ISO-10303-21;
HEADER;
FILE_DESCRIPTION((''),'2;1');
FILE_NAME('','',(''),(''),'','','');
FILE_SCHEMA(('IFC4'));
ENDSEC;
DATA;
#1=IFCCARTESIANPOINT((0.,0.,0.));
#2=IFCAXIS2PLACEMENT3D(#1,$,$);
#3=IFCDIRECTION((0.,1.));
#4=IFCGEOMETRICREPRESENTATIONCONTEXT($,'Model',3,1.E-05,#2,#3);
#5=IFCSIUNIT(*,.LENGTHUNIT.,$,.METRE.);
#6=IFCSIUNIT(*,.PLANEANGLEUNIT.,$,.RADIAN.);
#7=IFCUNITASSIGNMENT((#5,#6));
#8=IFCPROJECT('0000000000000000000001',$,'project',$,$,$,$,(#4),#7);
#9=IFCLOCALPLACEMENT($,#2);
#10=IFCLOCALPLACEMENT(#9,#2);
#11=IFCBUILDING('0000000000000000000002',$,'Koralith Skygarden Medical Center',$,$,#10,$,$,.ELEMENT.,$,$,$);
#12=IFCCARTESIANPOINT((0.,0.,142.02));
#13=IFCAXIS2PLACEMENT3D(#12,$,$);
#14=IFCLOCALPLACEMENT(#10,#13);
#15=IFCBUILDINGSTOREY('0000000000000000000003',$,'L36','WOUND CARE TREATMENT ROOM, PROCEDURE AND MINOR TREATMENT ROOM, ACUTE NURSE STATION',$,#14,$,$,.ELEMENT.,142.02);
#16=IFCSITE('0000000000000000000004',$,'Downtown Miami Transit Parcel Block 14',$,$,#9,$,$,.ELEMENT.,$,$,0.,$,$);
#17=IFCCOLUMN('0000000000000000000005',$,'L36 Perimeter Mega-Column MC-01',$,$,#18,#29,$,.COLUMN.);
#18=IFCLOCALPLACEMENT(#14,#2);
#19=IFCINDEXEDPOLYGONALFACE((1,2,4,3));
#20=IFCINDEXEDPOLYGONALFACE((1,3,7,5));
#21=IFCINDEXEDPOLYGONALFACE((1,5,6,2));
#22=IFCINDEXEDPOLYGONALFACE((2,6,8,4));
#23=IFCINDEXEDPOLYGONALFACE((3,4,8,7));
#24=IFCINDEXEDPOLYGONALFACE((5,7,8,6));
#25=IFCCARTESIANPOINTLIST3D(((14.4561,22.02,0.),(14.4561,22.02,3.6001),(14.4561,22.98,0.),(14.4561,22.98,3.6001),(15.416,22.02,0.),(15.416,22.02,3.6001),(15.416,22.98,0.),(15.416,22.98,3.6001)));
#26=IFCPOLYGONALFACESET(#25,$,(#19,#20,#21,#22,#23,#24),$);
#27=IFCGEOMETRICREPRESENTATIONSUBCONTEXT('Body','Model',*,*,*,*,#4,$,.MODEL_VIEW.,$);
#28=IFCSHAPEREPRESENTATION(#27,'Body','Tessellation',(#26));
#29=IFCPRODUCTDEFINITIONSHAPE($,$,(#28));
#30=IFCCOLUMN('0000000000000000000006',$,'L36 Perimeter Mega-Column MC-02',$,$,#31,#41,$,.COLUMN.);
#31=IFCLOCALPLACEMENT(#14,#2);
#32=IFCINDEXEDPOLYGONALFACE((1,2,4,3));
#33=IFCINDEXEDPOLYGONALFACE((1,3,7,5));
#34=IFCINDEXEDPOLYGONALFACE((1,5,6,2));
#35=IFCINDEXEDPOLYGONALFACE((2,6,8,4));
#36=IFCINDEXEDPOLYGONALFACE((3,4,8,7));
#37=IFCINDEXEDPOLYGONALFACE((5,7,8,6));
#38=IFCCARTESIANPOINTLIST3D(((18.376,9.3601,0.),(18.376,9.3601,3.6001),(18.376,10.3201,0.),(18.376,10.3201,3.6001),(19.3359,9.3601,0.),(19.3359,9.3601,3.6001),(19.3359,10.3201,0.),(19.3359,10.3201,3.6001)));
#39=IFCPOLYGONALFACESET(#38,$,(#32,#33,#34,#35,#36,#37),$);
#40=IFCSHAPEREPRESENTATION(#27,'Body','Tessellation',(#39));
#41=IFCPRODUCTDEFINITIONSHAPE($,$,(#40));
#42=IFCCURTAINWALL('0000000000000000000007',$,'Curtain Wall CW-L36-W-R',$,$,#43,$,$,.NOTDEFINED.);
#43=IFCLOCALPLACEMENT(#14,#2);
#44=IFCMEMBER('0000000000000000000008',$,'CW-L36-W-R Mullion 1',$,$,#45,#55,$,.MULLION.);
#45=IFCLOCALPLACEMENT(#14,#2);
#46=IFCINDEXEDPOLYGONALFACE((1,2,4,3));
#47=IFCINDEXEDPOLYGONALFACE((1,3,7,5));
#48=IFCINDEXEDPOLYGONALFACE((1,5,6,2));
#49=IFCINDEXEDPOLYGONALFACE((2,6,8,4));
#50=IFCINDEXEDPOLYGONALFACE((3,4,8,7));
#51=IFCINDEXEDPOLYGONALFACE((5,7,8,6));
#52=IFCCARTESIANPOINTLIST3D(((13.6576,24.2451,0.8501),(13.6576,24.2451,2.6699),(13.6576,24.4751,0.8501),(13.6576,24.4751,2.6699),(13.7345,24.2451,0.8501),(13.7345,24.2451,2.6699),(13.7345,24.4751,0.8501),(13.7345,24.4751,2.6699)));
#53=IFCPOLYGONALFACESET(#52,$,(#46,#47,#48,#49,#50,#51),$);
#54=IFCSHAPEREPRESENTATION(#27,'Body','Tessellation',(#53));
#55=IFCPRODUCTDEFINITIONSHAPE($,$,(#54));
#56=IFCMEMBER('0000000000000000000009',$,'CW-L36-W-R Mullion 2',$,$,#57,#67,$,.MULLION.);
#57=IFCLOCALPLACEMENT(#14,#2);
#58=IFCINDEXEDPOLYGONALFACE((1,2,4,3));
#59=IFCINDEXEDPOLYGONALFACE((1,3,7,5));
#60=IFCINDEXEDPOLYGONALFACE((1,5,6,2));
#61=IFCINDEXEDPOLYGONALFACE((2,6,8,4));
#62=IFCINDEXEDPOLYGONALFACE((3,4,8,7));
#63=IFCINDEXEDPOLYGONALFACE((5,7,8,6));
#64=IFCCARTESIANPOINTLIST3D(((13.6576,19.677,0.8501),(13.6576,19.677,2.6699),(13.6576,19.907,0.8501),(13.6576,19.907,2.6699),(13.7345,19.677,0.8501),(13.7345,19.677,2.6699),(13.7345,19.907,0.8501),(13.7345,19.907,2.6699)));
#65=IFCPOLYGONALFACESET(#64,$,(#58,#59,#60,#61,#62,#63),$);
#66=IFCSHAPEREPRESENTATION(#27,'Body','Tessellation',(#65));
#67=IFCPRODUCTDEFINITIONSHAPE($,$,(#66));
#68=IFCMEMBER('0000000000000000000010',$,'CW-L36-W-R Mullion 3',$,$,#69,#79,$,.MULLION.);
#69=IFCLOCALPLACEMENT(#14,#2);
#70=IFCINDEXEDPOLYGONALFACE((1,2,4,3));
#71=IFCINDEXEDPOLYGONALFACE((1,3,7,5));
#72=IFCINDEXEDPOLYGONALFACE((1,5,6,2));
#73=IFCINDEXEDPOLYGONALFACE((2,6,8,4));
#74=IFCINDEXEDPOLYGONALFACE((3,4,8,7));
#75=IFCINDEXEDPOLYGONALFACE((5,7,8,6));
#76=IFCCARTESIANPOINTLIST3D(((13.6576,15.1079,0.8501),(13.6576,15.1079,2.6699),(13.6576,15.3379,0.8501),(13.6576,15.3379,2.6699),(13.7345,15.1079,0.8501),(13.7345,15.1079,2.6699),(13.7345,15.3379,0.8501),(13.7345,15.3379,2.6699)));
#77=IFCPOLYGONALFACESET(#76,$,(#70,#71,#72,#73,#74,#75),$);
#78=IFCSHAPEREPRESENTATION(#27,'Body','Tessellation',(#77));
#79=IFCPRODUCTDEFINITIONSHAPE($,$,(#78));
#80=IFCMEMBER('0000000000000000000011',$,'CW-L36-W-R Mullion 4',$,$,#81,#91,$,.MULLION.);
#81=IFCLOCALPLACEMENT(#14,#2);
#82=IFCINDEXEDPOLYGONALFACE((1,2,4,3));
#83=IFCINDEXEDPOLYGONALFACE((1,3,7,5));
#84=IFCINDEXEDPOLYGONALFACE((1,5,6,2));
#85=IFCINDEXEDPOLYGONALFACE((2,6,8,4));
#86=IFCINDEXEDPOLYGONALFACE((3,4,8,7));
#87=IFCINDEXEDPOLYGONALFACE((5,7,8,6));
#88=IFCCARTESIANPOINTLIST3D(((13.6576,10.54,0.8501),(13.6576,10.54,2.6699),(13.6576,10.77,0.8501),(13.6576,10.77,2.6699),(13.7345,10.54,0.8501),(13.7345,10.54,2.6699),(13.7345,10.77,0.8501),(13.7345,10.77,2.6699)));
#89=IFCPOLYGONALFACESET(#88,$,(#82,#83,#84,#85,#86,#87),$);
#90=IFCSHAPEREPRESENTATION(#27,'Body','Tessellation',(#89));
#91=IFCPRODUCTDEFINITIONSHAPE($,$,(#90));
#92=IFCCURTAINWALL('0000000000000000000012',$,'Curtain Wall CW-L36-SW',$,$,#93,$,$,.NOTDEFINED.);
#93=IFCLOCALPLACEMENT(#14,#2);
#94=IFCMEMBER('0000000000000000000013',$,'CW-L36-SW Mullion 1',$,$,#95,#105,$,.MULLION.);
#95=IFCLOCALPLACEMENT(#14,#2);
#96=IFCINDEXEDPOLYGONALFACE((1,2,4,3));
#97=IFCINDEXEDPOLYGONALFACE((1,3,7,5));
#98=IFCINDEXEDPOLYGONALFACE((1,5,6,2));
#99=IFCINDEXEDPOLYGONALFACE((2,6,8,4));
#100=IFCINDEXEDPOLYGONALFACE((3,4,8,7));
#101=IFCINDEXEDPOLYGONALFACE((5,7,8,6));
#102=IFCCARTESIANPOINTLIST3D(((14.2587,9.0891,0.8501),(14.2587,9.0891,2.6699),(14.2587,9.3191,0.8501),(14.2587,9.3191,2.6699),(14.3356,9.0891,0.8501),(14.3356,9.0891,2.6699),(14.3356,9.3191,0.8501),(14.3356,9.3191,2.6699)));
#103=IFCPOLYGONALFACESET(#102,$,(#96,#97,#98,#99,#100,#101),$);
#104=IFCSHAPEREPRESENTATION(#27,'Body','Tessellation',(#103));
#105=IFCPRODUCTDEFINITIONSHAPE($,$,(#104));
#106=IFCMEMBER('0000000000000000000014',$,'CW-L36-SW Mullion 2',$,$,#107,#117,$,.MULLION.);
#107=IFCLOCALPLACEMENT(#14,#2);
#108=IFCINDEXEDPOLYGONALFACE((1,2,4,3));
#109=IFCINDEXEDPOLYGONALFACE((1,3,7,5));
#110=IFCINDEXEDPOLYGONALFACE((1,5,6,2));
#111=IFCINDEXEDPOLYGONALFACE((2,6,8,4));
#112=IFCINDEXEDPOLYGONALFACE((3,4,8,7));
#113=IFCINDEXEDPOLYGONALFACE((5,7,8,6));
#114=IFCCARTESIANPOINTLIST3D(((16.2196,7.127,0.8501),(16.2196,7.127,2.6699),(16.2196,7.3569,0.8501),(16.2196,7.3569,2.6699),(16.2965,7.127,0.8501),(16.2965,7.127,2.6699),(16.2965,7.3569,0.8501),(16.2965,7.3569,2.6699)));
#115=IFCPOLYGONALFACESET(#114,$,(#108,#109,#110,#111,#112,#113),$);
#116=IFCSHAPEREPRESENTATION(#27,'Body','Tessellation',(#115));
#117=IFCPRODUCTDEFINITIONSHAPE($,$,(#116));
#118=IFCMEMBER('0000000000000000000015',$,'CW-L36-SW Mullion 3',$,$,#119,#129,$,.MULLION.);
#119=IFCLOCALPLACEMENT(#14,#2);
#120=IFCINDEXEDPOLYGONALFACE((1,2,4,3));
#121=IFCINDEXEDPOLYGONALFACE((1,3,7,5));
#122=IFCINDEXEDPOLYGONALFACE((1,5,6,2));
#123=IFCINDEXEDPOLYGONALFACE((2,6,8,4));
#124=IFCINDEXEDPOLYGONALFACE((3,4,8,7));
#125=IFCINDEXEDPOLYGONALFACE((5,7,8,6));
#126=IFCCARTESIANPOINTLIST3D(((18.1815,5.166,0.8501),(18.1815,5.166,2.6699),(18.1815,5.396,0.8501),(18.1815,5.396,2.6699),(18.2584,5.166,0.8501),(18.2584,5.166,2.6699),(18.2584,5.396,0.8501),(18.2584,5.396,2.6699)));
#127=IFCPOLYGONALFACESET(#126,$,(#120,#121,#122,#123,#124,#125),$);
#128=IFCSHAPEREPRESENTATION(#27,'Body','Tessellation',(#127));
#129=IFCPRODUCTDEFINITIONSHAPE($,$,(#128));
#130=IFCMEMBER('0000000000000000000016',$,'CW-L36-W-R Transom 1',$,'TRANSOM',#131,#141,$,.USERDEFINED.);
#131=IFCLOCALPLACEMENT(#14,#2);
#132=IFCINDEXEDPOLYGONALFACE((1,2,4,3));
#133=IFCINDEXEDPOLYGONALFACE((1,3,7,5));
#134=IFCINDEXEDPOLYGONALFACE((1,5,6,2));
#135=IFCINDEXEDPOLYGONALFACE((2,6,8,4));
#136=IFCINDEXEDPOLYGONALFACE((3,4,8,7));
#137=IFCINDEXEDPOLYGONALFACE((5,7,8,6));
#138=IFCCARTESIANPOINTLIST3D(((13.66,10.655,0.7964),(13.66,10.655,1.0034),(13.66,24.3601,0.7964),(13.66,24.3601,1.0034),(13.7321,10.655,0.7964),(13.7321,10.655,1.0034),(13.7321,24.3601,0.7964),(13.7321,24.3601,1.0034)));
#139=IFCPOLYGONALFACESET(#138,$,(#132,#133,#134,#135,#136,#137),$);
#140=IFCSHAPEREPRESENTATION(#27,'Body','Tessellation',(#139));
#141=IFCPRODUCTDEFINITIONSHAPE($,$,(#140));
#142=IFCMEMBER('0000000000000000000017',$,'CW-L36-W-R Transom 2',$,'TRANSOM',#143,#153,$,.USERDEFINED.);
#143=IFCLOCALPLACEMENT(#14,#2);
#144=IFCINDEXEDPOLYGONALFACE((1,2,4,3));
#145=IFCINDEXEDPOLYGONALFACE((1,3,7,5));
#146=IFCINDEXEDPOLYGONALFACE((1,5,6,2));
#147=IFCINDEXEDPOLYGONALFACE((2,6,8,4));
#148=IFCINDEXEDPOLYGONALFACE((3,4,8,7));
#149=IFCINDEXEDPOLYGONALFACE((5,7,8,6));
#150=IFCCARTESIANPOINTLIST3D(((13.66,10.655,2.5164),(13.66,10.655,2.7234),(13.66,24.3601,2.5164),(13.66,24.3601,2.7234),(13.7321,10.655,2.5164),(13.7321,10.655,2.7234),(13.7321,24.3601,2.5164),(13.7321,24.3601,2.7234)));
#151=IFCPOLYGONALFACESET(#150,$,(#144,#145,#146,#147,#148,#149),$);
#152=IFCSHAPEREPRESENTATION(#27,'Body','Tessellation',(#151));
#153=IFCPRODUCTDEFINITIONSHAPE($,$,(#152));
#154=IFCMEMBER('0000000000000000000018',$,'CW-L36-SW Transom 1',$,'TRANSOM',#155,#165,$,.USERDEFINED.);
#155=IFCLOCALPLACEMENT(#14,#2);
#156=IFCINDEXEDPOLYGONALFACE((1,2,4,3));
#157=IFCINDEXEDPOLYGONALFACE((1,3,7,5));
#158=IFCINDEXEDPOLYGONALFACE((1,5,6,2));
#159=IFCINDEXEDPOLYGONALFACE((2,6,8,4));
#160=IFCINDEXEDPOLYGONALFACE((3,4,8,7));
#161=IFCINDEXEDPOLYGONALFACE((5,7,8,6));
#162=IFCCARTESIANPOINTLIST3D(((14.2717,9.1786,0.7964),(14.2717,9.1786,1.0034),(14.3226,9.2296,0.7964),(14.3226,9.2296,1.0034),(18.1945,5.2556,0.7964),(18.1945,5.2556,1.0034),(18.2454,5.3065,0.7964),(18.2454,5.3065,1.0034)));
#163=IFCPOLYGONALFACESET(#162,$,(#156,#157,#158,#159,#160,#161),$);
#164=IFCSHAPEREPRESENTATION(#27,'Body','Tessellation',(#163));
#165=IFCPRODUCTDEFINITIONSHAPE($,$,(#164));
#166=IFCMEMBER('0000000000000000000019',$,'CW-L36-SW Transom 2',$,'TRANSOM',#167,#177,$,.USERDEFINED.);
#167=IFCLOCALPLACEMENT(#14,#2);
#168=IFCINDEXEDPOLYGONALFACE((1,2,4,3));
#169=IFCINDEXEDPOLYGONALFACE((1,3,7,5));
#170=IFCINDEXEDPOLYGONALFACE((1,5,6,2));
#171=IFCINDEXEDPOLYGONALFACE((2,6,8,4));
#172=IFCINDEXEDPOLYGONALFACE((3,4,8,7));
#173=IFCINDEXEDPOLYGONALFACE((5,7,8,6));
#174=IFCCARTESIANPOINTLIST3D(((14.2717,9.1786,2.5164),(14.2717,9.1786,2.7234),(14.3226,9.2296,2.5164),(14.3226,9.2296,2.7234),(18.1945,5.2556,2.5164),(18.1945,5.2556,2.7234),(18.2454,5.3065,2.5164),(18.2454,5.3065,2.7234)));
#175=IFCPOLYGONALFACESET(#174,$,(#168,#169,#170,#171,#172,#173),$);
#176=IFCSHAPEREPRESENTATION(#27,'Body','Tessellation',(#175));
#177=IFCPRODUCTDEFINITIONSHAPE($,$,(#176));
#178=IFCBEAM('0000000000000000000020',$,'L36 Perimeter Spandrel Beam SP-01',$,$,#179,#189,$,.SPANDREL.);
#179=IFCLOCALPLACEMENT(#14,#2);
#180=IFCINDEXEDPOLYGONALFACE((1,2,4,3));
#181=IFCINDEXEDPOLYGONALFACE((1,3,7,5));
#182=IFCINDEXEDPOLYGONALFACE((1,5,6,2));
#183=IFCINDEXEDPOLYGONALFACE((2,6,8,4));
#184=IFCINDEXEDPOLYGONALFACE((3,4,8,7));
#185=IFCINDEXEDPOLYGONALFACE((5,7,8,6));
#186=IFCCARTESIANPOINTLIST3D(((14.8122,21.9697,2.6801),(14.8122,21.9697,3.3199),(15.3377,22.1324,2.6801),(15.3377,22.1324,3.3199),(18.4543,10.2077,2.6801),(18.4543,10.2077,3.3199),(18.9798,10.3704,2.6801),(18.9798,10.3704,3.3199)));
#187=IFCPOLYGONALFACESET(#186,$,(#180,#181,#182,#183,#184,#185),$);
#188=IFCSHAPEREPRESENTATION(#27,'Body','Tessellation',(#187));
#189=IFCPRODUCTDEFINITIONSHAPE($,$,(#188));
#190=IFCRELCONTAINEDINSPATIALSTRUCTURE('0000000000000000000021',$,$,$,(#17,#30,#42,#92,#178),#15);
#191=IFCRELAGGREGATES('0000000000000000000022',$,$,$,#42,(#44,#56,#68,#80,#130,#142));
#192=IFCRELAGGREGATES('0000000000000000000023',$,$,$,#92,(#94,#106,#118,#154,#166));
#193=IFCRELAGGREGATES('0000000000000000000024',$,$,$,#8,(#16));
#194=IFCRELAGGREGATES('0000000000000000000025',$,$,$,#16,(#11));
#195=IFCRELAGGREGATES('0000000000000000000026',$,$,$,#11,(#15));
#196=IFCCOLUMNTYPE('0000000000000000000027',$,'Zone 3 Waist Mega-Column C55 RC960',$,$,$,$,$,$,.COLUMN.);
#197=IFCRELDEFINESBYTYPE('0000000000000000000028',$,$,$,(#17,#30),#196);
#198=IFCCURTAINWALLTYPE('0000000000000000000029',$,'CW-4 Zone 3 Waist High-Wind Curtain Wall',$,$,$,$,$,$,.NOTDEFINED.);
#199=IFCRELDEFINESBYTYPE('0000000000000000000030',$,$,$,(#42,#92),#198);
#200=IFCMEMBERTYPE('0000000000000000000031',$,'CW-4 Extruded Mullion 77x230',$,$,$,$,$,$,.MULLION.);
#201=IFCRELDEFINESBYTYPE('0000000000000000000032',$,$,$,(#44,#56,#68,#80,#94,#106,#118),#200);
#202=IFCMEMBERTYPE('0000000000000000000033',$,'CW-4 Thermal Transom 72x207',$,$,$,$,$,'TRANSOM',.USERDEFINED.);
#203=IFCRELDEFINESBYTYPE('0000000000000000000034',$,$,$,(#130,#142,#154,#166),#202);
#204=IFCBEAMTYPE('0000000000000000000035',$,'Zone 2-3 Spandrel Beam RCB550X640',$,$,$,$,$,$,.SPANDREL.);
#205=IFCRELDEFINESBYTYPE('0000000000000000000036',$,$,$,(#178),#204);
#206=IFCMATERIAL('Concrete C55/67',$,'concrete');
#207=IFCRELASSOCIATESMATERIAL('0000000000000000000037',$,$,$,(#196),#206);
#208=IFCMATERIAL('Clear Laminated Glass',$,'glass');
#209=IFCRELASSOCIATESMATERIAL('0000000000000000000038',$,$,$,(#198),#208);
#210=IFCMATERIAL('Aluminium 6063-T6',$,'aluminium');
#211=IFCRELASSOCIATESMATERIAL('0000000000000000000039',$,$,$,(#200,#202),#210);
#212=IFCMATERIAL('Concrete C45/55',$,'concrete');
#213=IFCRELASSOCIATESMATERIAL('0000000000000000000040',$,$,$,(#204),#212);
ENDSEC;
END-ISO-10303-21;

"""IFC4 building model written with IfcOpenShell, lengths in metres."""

from ifc_helpers import new_model, si_unit, direction, frame, origin, origin_2d, place, context, subcontext, project, spatial, rectangle, extrude, material, material_profile, profile_set, type_object, element, aggregate, save


model = new_model("IFC4")

# Units and contexts
model_context = context("Model", 3, precision=1e-05, world=origin(), true_north=direction((0.0, 1.0)))
body_context = subcontext(model_context, "Body", "Model", "MODEL_VIEW")
ifc_project = project(units=[si_unit("LENGTHUNIT", "METRE"), si_unit("PLANEANGLEUNIT", "RADIAN")], contexts=[model_context])

# Site, building, storey
site_placement = place(None, origin())
site = spatial("IfcSite", under=ifc_project, at=site_placement, Name="Downtown Miami Transit Parcel Block 14", CompositionType="ELEMENT", RefElevation=0.0)
building_placement = place(site_placement, origin())
building = spatial("IfcBuilding", under=site, at=building_placement, Name="Koralith Skygarden Medical Center", CompositionType="ELEMENT")
storey_placement = place(building_placement, frame((0.0, 0.0, 142.02)))
storey = spatial("IfcBuildingStorey", under=building, at=storey_placement, Name="L36", Description="WOUND CARE TREATMENT ROOM, PROCEDURE AND MINOR TREATMENT ROOM, ACUTE NURSE STATION", CompositionType="ELEMENT", Elevation=142.02)

# Columns
ifc_material_1 = material(Name="Concrete C55/67", Category="concrete")
ifc_material_profile_1 = material_profile(ifc_material_1, rectangle(XDim=0.96, YDim=0.96, at=origin_2d()), Name="RC960X960")
ifc_profile_set_1 = profile_set([ifc_material_profile_1], Name="Concrete C55/67")
column_type = type_object("IfcColumnType", Name="Zone 3 Waist Mega-Column C55 RC960", PredefinedType="COLUMN", material=ifc_profile_set_1)
for number, where, z_axis, x_axis, name in (
    (1, (14.936, 22.5, 0.0), (0.0, 0.0, 1.0), (1.0, 0.0, 0.0), "L36 Perimeter Mega-Column MC-01"),
    (2, (18.856, 9.8401, 0.0), (0.0, 0.0, 1.0), (1.0, 0.0, 0.0), "L36 Perimeter Mega-Column MC-02"),
):
    element("IfcColumn", number, at=place(storey_placement, frame(where, z_axis=z_axis, x_axis=x_axis)), inside=storey, type_object=column_type, Name=name, PredefinedType="COLUMN", context=body_context, shape_type="SweptSolid", body=[
        extrude(rectangle(XDim=0.96, YDim=0.96, at=origin_2d()), origin(), (0.0, 0.0, 1.0), 3.6001),
    ])

# Curtain walls, members
ifc_material_2 = material(Name="Clear Laminated Glass", Category="glass")
curtain_wall_type = type_object("IfcCurtainWallType", Name="CW-4 Zone 3 Waist High-Wind Curtain Wall", PredefinedType="NOTDEFINED", material=ifc_material_2)
curtain_wall_1_placement = place(storey_placement, origin())
curtain_wall_1 = element("IfcCurtainWall", 3, at=curtain_wall_1_placement, inside=storey, type_object=curtain_wall_type, Name="Curtain Wall CW-L36-W-R", PredefinedType="NOTDEFINED")
ifc_material_3 = material(Name="Aluminium 6063-T6", Category="aluminium")
ifc_material_profile_2 = material_profile(ifc_material_3, rectangle(XDim=0.0769, YDim=0.23, at=origin_2d()), Name="MUL77X230")
ifc_profile_set_2 = profile_set([ifc_material_profile_2], Name="Aluminium 6063-T6")
member_type_1 = type_object("IfcMemberType", Name="CW-4 Extruded Mullion 77x230", PredefinedType="MULLION", material=ifc_profile_set_2)
member_1_placement = place(storey_placement, frame((13.696, 24.3601, 0.8501), z_axis=(0.0, 0.0, 1.0), x_axis=(1.0, 0.0, 0.0)))
member_1 = element("IfcMember", 4, at=member_1_placement, type_object=member_type_1, Name="CW-L36-W-R Mullion 1", PredefinedType="MULLION", context=body_context, shape_type="SweptSolid", body=[
    extrude(rectangle(XDim=0.0769, YDim=0.23, at=origin_2d()), origin(), (0.0, 0.0, 1.0), 1.8198),
])
member_2_placement = place(storey_placement, frame((13.696, 19.792, 0.8501), z_axis=(0.0, 0.0, 1.0), x_axis=(1.0, 0.0, 0.0)))
member_2 = element("IfcMember", 5, at=member_2_placement, type_object=member_type_1, Name="CW-L36-W-R Mullion 2", PredefinedType="MULLION", context=body_context, shape_type="SweptSolid", body=[
    extrude(rectangle(XDim=0.0769, YDim=0.23, at=origin_2d()), origin(), (0.0, 0.0, 1.0), 1.8198),
])
member_3_placement = place(storey_placement, frame((13.696, 15.2229, 0.8501), z_axis=(0.0, 0.0, 1.0), x_axis=(1.0, 0.0, 0.0)))
member_3 = element("IfcMember", 6, at=member_3_placement, type_object=member_type_1, Name="CW-L36-W-R Mullion 3", PredefinedType="MULLION", context=body_context, shape_type="SweptSolid", body=[
    extrude(rectangle(XDim=0.0769, YDim=0.23, at=origin_2d()), origin(), (0.0, 0.0, 1.0), 1.8198),
])
member_4_placement = place(storey_placement, frame((13.696, 10.655, 0.8501), z_axis=(0.0, 0.0, 1.0), x_axis=(1.0, 0.0, 0.0)))
member_4 = element("IfcMember", 7, at=member_4_placement, type_object=member_type_1, Name="CW-L36-W-R Mullion 4", PredefinedType="MULLION", context=body_context, shape_type="SweptSolid", body=[
    extrude(rectangle(XDim=0.0769, YDim=0.23, at=origin_2d()), origin(), (0.0, 0.0, 1.0), 1.8198),
])
curtain_wall_2_placement = place(storey_placement, origin())
curtain_wall_2 = element("IfcCurtainWall", 8, at=curtain_wall_2_placement, inside=storey, type_object=curtain_wall_type, Name="Curtain Wall CW-L36-SW", PredefinedType="NOTDEFINED")
member_5_placement = place(storey_placement, frame((14.2971, 9.2041, 0.8501), z_axis=(0.0, 0.0, 1.0), x_axis=(1.0, 0.0, 0.0)))
member_5 = element("IfcMember", 9, at=member_5_placement, type_object=member_type_1, Name="CW-L36-SW Mullion 1", PredefinedType="MULLION", context=body_context, shape_type="SweptSolid", body=[
    extrude(rectangle(XDim=0.0769, YDim=0.23, at=origin_2d()), origin(), (0.0, 0.0, 1.0), 1.8198),
])
member_6_placement = place(storey_placement, frame((16.2581, 7.2419, 0.8501), z_axis=(0.0, 0.0, 1.0), x_axis=(1.0, 0.0, 0.0)))
member_6 = element("IfcMember", 10, at=member_6_placement, type_object=member_type_1, Name="CW-L36-SW Mullion 2", PredefinedType="MULLION", context=body_context, shape_type="SweptSolid", body=[
    extrude(rectangle(XDim=0.0769, YDim=0.23, at=origin_2d()), origin(), (0.0, 0.0, 1.0), 1.8198),
])
member_7_placement = place(storey_placement, frame((18.22, 5.281, 0.8501), z_axis=(0.0, 0.0, 1.0), x_axis=(1.0, 0.0, 0.0)))
member_7 = element("IfcMember", 11, at=member_7_placement, type_object=member_type_1, Name="CW-L36-SW Mullion 3", PredefinedType="MULLION", context=body_context, shape_type="SweptSolid", body=[
    extrude(rectangle(XDim=0.0769, YDim=0.23, at=origin_2d()), origin(), (0.0, 0.0, 1.0), 1.8198),
])

# Members
ifc_material_profile_3 = material_profile(ifc_material_3, rectangle(XDim=0.072, YDim=0.207, at=origin_2d()), Name="TRN72X207")
ifc_profile_set_3 = profile_set([ifc_material_profile_3], Name="Aluminium 6063-T6")
member_type_2 = type_object("IfcMemberType", Name="CW-4 Thermal Transom 72x207", ElementType="TRANSOM", PredefinedType="USERDEFINED", material=ifc_profile_set_3)
member_8_placement = place(storey_placement, frame((13.696, 24.3601, 0.8999), z_axis=(0.0, -1.0, 0.0), x_axis=(1.0, 0.0, 0.0)))
member_8 = element("IfcMember", 12, at=member_8_placement, type_object=member_type_2, Name="CW-L36-W-R Transom 1", ObjectType="TRANSOM", PredefinedType="USERDEFINED", context=body_context, shape_type="SweptSolid", body=[
    extrude(rectangle(XDim=0.072, YDim=0.207, at=origin_2d()), origin(), (0.0, 0.0, 1.0), 13.7051),
])
member_9_placement = place(storey_placement, frame((13.696, 24.3601, 2.6199), z_axis=(0.0, -1.0, 0.0), x_axis=(1.0, 0.0, 0.0)))
member_9 = element("IfcMember", 13, at=member_9_placement, type_object=member_type_2, Name="CW-L36-W-R Transom 2", ObjectType="TRANSOM", PredefinedType="USERDEFINED", context=body_context, shape_type="SweptSolid", body=[
    extrude(rectangle(XDim=0.072, YDim=0.207, at=origin_2d()), origin(), (0.0, 0.0, 1.0), 13.7051),
])
member_10_placement = place(storey_placement, frame((14.2971, 9.2041, 0.8999), z_axis=(0.707085, -0.707129, 0.0), x_axis=(0.707129, 0.707085, 0.0)))
member_10 = element("IfcMember", 14, at=member_10_placement, type_object=member_type_2, Name="CW-L36-SW Transom 1", ObjectType="TRANSOM", PredefinedType="USERDEFINED", context=body_context, shape_type="SweptSolid", body=[
    extrude(rectangle(XDim=0.072, YDim=0.207, at=origin_2d()), origin(), (0.0, 0.0, 1.0), 5.5479),
])
member_11_placement = place(storey_placement, frame((14.2971, 9.2041, 2.6199), z_axis=(0.707085, -0.707129, 0.0), x_axis=(0.707129, 0.707085, 0.0)))
member_11 = element("IfcMember", 15, at=member_11_placement, type_object=member_type_2, Name="CW-L36-SW Transom 2", ObjectType="TRANSOM", PredefinedType="USERDEFINED", context=body_context, shape_type="SweptSolid", body=[
    extrude(rectangle(XDim=0.072, YDim=0.207, at=origin_2d()), origin(), (0.0, 0.0, 1.0), 5.5479),
])

# Beam
ifc_material_4 = material(Name="Concrete C45/55", Category="concrete")
ifc_material_profile_4 = material_profile(ifc_material_4, rectangle(XDim=0.55, YDim=0.6399, at=origin_2d()), Name="RCB550X640")
ifc_profile_set_4 = profile_set([ifc_material_profile_4], Name="Concrete C45/55")
beam_type = type_object("IfcBeamType", Name="Zone 2-3 Spandrel Beam RCB550X640", PredefinedType="SPANDREL", material=ifc_profile_set_4)
beam_1_placement = place(storey_placement, frame((15.075, 22.051, 3.0), z_axis=(0.295794, -0.955252, 0.0), x_axis=(0.955252, 0.295794, 0.0)))
element("IfcBeam", 16, at=beam_1_placement, inside=storey, type_object=beam_type, Name="L36 Perimeter Spandrel Beam SP-01", PredefinedType="SPANDREL", context=body_context, shape_type="SweptSolid", body=[
    extrude(rectangle(XDim=0.55, YDim=0.6399, at=origin_2d()), origin(), (0.0, 0.0, 1.0), 12.313),
])

aggregate(curtain_wall_1, [member_1, member_2, member_3, member_4, member_8, member_9])
aggregate(curtain_wall_2, [member_5, member_6, member_7, member_10, member_11])

save(model, "model.ifc")
